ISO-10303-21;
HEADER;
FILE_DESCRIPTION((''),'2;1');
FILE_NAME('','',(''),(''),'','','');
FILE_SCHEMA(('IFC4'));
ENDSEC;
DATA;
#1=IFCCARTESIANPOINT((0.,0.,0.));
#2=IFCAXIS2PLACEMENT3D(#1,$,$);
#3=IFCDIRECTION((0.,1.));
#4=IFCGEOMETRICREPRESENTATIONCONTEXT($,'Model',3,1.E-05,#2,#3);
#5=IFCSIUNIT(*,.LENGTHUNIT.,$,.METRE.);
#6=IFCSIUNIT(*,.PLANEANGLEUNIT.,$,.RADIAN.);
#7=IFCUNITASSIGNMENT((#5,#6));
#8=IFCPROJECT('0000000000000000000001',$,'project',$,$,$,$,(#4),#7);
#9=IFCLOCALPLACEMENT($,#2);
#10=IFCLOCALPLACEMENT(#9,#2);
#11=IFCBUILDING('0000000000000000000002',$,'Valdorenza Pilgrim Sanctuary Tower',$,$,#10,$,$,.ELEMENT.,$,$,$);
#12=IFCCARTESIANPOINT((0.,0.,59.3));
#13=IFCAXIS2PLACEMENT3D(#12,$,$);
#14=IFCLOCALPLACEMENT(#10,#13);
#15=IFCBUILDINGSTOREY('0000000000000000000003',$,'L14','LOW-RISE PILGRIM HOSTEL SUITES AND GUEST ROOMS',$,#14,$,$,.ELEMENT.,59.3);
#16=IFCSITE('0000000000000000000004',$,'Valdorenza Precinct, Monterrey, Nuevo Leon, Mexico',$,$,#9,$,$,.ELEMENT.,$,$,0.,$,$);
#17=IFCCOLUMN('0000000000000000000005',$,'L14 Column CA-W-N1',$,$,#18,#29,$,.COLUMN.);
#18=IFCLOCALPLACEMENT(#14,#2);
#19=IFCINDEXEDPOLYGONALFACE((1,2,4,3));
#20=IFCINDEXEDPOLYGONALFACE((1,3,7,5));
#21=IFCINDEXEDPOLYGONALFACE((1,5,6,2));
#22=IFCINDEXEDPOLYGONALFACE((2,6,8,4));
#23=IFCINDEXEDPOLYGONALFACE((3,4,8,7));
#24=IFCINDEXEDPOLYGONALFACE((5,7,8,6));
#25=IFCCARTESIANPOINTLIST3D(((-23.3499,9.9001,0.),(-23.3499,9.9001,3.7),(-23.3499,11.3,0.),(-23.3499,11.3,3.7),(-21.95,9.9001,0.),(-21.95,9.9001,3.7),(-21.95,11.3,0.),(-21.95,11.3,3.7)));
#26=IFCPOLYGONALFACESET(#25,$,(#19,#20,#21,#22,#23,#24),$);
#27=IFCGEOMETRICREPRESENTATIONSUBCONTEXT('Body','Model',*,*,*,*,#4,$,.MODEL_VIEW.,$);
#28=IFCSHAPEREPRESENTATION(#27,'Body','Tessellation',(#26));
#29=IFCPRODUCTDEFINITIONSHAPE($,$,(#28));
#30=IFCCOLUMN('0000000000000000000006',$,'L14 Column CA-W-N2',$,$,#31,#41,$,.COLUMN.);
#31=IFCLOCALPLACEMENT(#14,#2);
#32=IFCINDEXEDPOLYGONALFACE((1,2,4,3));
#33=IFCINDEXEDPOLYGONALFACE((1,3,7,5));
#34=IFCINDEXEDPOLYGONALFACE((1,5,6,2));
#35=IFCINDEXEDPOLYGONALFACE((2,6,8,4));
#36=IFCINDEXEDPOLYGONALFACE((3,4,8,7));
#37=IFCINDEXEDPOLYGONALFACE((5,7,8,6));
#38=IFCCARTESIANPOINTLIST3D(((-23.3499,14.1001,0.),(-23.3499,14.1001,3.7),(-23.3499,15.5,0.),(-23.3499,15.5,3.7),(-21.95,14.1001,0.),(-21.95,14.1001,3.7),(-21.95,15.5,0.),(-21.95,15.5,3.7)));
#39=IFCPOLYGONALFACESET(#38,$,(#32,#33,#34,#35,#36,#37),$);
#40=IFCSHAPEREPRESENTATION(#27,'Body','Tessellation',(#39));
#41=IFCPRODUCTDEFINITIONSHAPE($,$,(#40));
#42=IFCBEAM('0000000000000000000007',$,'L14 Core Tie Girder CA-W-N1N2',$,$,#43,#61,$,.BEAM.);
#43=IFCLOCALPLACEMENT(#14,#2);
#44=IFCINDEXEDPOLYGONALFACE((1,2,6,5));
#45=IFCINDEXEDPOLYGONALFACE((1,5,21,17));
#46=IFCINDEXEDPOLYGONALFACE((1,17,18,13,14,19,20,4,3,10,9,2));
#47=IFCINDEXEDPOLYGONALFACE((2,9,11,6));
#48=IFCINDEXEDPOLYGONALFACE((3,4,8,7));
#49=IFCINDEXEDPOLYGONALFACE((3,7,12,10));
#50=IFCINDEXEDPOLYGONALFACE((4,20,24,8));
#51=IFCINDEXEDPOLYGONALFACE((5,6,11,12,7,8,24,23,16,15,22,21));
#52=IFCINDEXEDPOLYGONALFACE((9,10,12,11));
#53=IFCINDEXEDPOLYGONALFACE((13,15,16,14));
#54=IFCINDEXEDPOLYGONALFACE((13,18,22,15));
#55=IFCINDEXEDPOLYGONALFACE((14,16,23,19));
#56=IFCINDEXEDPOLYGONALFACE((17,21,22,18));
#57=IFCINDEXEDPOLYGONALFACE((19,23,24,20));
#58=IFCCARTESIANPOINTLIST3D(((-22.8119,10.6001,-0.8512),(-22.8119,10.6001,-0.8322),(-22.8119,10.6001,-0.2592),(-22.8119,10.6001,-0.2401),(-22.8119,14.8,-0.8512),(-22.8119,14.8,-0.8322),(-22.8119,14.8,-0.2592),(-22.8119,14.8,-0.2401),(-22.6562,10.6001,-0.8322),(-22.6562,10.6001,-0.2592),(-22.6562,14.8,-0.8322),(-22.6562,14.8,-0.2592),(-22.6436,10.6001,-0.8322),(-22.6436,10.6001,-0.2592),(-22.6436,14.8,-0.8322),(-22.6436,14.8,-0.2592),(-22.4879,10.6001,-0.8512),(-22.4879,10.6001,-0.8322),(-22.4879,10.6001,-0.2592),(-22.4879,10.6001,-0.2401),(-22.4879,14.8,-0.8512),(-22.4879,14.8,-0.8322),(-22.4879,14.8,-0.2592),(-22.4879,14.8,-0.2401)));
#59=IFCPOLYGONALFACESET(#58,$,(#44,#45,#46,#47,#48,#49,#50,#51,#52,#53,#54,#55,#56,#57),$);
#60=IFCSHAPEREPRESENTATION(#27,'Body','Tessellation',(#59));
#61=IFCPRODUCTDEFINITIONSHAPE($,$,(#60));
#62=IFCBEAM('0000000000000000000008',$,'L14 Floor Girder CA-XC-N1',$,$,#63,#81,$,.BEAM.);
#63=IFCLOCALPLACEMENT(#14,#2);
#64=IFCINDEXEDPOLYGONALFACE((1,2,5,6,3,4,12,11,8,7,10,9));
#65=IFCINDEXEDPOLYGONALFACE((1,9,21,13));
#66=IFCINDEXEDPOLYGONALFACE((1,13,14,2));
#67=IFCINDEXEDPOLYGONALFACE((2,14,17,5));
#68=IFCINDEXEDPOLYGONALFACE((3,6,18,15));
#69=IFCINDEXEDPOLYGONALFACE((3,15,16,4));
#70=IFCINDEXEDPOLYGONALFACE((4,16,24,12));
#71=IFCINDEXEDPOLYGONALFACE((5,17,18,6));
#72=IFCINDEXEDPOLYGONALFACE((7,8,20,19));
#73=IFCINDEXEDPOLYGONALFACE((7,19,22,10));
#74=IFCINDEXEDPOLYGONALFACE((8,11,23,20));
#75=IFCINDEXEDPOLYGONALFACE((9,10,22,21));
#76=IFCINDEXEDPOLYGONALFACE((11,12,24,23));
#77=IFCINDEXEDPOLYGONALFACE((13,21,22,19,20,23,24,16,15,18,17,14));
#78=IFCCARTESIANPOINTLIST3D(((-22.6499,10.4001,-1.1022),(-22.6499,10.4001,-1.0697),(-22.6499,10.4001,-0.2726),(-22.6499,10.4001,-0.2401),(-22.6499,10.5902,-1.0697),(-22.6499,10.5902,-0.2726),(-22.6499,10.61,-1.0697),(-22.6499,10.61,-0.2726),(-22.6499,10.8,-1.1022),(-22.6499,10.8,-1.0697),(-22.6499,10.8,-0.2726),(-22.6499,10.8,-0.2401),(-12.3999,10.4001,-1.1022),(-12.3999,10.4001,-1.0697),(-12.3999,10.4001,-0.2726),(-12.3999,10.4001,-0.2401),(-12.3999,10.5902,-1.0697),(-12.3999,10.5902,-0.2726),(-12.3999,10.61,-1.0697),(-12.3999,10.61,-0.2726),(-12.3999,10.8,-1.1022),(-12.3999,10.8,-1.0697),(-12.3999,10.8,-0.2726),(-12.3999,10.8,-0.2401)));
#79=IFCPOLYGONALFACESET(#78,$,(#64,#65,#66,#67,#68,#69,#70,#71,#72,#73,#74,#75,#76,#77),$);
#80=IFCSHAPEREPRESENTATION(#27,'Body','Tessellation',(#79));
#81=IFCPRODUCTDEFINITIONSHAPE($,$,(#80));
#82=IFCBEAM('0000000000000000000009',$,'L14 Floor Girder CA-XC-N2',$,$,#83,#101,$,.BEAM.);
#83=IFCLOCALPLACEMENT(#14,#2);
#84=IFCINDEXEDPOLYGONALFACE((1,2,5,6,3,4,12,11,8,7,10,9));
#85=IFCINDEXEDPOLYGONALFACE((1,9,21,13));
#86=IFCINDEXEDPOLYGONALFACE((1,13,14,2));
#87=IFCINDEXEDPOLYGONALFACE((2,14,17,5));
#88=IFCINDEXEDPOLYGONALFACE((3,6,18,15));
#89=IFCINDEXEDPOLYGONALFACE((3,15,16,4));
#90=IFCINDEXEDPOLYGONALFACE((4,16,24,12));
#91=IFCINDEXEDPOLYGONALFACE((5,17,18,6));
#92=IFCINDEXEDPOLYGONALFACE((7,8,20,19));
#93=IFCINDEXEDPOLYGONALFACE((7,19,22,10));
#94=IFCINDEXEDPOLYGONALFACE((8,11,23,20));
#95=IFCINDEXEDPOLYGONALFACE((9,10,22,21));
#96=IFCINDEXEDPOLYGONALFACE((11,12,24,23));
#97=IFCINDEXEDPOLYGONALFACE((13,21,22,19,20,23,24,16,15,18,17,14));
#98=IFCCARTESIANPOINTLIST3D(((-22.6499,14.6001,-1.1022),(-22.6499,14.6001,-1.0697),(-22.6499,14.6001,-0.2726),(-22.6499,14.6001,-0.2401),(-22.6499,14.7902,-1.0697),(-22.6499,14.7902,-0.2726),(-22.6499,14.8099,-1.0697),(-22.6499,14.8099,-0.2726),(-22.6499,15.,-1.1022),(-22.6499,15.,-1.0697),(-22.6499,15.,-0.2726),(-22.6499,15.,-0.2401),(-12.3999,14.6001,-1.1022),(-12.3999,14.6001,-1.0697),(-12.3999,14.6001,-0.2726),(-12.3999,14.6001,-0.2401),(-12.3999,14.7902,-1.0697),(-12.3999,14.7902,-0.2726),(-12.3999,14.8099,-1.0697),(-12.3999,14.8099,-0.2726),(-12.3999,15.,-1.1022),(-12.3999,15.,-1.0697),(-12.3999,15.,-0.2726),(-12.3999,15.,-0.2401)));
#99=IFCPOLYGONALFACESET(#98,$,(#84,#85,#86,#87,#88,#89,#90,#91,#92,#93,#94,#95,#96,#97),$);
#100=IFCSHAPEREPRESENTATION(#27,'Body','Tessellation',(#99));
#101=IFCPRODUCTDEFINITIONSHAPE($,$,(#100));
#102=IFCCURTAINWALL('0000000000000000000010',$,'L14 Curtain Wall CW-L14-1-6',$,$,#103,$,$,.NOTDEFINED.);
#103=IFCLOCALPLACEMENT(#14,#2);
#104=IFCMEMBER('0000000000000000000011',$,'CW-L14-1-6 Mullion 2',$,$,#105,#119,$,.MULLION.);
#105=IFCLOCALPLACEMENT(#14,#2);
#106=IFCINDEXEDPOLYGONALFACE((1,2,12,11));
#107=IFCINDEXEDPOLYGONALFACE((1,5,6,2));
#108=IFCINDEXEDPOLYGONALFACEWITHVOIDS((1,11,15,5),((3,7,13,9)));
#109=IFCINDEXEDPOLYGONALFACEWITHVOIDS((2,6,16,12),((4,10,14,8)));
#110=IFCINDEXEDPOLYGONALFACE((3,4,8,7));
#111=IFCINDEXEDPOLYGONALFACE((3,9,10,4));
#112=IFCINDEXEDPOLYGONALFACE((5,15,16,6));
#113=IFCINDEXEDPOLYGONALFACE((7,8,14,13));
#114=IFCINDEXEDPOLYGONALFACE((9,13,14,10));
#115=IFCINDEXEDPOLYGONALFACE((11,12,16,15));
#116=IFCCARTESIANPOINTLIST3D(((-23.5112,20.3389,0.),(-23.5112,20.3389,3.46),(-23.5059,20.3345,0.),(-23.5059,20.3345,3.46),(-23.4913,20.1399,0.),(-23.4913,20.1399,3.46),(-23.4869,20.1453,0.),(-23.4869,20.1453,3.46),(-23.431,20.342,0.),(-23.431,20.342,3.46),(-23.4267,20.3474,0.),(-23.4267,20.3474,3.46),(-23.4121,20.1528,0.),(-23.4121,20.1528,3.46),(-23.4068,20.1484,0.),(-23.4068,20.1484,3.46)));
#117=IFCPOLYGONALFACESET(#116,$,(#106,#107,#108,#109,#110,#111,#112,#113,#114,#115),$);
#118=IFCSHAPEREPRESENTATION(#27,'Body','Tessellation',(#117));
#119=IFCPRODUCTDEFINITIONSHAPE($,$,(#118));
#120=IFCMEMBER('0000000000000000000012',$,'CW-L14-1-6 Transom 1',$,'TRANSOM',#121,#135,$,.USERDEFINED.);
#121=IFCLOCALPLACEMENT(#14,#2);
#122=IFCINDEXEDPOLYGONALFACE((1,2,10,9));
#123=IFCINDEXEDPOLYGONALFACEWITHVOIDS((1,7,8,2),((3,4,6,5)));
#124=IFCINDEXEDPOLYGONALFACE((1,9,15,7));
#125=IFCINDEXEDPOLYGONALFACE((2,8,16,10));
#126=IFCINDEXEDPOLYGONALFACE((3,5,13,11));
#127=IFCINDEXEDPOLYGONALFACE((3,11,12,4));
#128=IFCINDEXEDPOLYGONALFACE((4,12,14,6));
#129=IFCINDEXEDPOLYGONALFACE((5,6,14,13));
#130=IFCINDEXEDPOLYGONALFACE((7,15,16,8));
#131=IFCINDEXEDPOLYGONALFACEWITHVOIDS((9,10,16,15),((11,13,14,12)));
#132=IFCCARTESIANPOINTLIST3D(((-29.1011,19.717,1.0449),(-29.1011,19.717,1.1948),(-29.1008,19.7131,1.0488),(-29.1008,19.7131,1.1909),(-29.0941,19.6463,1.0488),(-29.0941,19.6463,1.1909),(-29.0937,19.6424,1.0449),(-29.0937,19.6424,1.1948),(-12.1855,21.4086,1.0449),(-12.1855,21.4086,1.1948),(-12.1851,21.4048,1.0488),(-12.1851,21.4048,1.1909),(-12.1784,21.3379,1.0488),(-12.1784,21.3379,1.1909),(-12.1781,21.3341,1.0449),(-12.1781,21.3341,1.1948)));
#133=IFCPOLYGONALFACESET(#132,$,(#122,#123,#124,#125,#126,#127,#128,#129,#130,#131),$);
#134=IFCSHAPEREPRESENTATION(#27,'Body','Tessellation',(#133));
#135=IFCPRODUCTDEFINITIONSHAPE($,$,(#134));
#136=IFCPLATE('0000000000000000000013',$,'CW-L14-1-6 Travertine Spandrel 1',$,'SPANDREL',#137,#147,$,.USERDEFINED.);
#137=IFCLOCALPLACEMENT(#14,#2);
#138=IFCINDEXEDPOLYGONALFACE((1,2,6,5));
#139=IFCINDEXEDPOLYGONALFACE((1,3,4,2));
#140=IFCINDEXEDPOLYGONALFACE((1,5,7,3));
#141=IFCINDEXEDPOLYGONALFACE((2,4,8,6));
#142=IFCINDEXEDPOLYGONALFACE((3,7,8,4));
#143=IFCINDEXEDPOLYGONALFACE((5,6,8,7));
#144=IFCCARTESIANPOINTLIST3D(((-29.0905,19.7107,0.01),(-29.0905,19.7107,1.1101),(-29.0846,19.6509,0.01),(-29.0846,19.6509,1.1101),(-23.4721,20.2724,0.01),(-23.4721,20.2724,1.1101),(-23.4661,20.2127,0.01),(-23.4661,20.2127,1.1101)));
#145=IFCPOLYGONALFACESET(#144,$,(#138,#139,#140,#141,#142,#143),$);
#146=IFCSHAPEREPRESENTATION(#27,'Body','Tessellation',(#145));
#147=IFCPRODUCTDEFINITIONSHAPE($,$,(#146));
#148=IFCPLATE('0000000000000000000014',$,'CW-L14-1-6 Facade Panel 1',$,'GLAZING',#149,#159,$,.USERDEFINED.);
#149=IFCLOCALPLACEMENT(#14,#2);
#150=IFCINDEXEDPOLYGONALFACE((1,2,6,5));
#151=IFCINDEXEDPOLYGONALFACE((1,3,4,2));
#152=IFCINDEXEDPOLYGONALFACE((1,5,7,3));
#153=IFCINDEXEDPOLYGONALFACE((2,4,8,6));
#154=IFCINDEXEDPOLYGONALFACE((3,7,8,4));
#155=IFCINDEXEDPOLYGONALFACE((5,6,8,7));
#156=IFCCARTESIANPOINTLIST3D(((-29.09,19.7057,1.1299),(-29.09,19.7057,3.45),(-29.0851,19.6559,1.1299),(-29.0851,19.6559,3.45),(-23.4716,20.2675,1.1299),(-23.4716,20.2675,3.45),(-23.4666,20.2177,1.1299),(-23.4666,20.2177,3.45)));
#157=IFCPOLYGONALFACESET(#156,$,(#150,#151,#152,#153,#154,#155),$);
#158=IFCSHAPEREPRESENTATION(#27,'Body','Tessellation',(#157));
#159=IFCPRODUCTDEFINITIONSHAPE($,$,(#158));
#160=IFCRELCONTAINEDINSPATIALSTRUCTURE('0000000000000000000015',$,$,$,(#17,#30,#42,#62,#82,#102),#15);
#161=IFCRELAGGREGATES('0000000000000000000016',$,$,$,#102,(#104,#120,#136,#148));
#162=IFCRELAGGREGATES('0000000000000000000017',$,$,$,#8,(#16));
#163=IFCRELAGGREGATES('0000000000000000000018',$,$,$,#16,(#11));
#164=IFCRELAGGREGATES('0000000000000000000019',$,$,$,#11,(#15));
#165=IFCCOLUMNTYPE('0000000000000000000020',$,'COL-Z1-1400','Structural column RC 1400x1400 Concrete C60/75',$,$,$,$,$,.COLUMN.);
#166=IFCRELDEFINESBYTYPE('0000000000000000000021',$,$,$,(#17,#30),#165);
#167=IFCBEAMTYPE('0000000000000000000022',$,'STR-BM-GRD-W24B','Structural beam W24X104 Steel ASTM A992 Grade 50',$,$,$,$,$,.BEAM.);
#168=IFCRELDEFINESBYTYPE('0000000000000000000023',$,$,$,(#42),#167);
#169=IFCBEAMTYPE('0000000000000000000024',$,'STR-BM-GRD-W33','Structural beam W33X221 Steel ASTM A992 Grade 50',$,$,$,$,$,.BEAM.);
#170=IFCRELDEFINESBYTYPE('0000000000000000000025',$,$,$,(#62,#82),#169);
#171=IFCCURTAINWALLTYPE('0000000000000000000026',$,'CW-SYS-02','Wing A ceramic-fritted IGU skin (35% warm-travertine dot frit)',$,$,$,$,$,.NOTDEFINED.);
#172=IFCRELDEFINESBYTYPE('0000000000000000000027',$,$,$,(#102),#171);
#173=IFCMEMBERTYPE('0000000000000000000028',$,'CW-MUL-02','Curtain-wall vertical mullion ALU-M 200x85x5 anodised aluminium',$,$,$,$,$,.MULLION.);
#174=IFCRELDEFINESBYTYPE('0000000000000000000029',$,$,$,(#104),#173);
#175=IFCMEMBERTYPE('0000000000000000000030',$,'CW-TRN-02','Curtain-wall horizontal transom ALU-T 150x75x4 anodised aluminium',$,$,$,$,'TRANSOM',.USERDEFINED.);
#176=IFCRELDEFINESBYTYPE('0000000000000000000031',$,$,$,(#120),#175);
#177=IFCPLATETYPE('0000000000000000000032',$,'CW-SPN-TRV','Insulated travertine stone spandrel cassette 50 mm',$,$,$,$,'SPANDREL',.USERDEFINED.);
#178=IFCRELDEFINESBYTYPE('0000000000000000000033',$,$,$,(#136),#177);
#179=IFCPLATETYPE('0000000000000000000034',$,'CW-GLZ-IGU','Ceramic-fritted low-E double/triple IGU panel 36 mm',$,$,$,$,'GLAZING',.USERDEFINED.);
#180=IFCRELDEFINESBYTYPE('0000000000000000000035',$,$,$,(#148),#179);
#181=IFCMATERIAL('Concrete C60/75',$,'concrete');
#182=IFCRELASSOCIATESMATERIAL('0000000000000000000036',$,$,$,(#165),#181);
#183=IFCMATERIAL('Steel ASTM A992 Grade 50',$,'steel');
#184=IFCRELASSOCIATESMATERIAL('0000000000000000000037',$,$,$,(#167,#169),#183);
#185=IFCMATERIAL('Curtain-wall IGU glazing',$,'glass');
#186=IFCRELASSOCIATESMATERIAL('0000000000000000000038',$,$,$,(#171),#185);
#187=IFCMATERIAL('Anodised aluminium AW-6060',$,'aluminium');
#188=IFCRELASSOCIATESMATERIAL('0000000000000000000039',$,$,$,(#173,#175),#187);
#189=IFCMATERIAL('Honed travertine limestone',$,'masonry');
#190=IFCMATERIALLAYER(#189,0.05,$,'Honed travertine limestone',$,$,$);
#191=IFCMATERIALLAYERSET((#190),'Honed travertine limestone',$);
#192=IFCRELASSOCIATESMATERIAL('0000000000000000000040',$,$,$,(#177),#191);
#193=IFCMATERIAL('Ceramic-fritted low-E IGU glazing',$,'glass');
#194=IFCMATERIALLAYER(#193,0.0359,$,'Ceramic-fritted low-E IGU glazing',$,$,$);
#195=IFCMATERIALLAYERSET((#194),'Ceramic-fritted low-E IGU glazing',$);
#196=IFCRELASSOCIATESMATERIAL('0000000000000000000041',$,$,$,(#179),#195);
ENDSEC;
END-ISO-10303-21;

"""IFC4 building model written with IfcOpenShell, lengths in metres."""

from ifc_helpers import new_model, si_unit, direction, frame, origin, origin_2d, place, context, subcontext, project, spatial, rectangle, hollow_rectangle, i_section, extrude, source, transform, mapped, material, layer, layer_set, material_profile, profile_set, type_object, element, aggregate, save


model = new_model("IFC4")

# Units and contexts
model_context = context("Model", 3, precision=1e-05, world=origin(), true_north=direction((0.0, 1.0)))
body_context = subcontext(model_context, "Body", "Model", "MODEL_VIEW")
ifc_project = project(units=[si_unit("LENGTHUNIT", "METRE"), si_unit("PLANEANGLEUNIT", "RADIAN")], contexts=[model_context])

# Site, building, storey
site_placement = place(None, origin())
site = spatial("IfcSite", under=ifc_project, at=site_placement, Name="Valdorenza Precinct, Monterrey, Nuevo Leon, Mexico", CompositionType="ELEMENT", RefElevation=0.0)
building_placement = place(site_placement, origin())
building = spatial("IfcBuilding", under=site, at=building_placement, Name="Valdorenza Pilgrim Sanctuary Tower", CompositionType="ELEMENT")
storey_placement = place(building_placement, frame((0.0, 0.0, 59.3)))
storey = spatial("IfcBuildingStorey", under=building, at=storey_placement, Name="L14", Description="LOW-RISE PILGRIM HOSTEL SUITES AND GUEST ROOMS", CompositionType="ELEMENT", Elevation=59.3)

# Columns
ifc_material_1 = material(Name="Concrete C60/75", Category="concrete")
ifc_material_profile_1 = material_profile(ifc_material_1, rectangle(XDim=1.3999, YDim=1.3999, at=origin_2d()), Name="RC 1400x1400")
ifc_profile_set_1 = profile_set([ifc_material_profile_1], Name="Concrete C60/75")
column_type = type_object("IfcColumnType", Name="COL-Z1-1400", Description="Structural column RC 1400x1400 Concrete C60/75", PredefinedType="COLUMN", material=ifc_profile_set_1)
shared_shape_1 = source(origin(), body_context, "Body", "SweptSolid", [
    extrude(rectangle(XDim=1.3999, YDim=1.3999, at=origin_2d()), origin(), (0.0, 0.0, 1.0), 3.7),
])
for number, where, z_axis, x_axis, name in (
    (1, (-22.6499, 10.6001, 0.0), (0.0, 0.0, 1.0), (1.0, 0.0, 0.0), "L14 Column CA-W-N1"),
    (2, (-22.6499, 14.8, 0.0), (0.0, 0.0, 1.0), (1.0, 0.0, 0.0), "L14 Column CA-W-N2"),
):
    element("IfcColumn", number, at=place(storey_placement, frame(where, z_axis=z_axis, x_axis=x_axis)), inside=storey, type_object=column_type, Name=name, PredefinedType="COLUMN", context=body_context, shape_type="MappedRepresentation", body=[
        mapped(shared_shape_1, transform((0.0, 0.0, 0.0), x_axis=(1.0, 0.0, 0.0), y_axis=(0.0, 1.0, 0.0), z_axis=(0.0, 0.0, 1.0), scale=1.0)),
    ])

# Beams
ifc_material_2 = material(Name="Steel ASTM A992 Grade 50", Category="steel")
ifc_material_profile_2 = material_profile(ifc_material_2, i_section(OverallWidth=0.324, OverallDepth=0.6111, WebThickness=0.0127, FlangeThickness=0.019, at=origin_2d()), Name="W24X104")
ifc_profile_set_2 = profile_set([ifc_material_profile_2], Name="Steel ASTM A992 Grade 50")
beam_type_1 = type_object("IfcBeamType", Name="STR-BM-GRD-W24B", Description="Structural beam W24X104 Steel ASTM A992 Grade 50", PredefinedType="BEAM", material=ifc_profile_set_2)
shared_shape_2 = source(origin(), body_context, "Body", "SweptSolid", [
    extrude(i_section(OverallWidth=0.324, OverallDepth=0.6111, WebThickness=0.0127, FlangeThickness=0.019, at=origin_2d()), origin(), (0.0, 0.0, 1.0), 4.2),
])
beam_placement = place(storey_placement, frame((-22.6499, 10.6001, -0.5457), z_axis=(0.0, 1.0, 0.0), x_axis=(-1.0, 0.0, 0.0)))
element("IfcBeam", 3, at=beam_placement, inside=storey, type_object=beam_type_1, Name="L14 Core Tie Girder CA-W-N1N2", PredefinedType="BEAM", context=body_context, shape_type="MappedRepresentation", body=[
    mapped(shared_shape_2, transform((0.0, 0.0, 0.0), x_axis=(1.0, 0.0, 0.0), y_axis=(0.0, 1.0, 0.0), z_axis=(0.0, 0.0, 1.0), scale=1.0)),
])
ifc_material_profile_3 = material_profile(ifc_material_2, i_section(OverallWidth=0.3999, OverallDepth=0.8621, WebThickness=0.0198, FlangeThickness=0.0325, at=origin_2d()), Name="W33X221")
ifc_profile_set_3 = profile_set([ifc_material_profile_3], Name="Steel ASTM A992 Grade 50")
beam_type_2 = type_object("IfcBeamType", Name="STR-BM-GRD-W33", Description="Structural beam W33X221 Steel ASTM A992 Grade 50", PredefinedType="BEAM", material=ifc_profile_set_3)
shared_shape_3 = source(origin(), body_context, "Body", "SweptSolid", [
    extrude(i_section(OverallWidth=0.3999, OverallDepth=0.8621, WebThickness=0.0198, FlangeThickness=0.0325, at=origin_2d()), origin(), (0.0, 0.0, 1.0), 10.25),
])
for number, where, z_axis, x_axis, name in (
    (4, (-22.6499, 10.6001, -0.6711), (1.0, 0.0, 0.0), (0.0, 1.0, 0.0), "L14 Floor Girder CA-XC-N1"),
    (5, (-22.6499, 14.8, -0.6711), (1.0, 0.0, 0.0), (0.0, 1.0, 0.0), "L14 Floor Girder CA-XC-N2"),
):
    element("IfcBeam", number, at=place(storey_placement, frame(where, z_axis=z_axis, x_axis=x_axis)), inside=storey, type_object=beam_type_2, Name=name, PredefinedType="BEAM", context=body_context, shape_type="MappedRepresentation", body=[
        mapped(shared_shape_3, transform((0.0, 0.0, 0.0), x_axis=(1.0, 0.0, 0.0), y_axis=(0.0, 1.0, 0.0), z_axis=(0.0, 0.0, 1.0), scale=1.0)),
    ])

# Curtain wall, members, plates
ifc_material_3 = material(Name="Curtain-wall IGU glazing", Category="glass")
curtain_wall_type = type_object("IfcCurtainWallType", Name="CW-SYS-02", Description="Wing A ceramic-fritted IGU skin (35% warm-travertine dot frit)", PredefinedType="NOTDEFINED", material=ifc_material_3)
curtain_wall_placement = place(storey_placement, origin())
curtain_wall = element("IfcCurtainWall", 6, at=curtain_wall_placement, inside=storey, type_object=curtain_wall_type, Name="L14 Curtain Wall CW-L14-1-6", PredefinedType="NOTDEFINED")
ifc_material_4 = material(Name="Anodised aluminium AW-6060", Category="aluminium")
ifc_material_profile_4 = material_profile(ifc_material_4, hollow_rectangle(XDim=0.085, YDim=0.2, WallThickness=0.0049, at=origin_2d()), Name="ALU-M 200x85x5")
ifc_profile_set_4 = profile_set([ifc_material_profile_4], Name="Anodised aluminium AW-6060")
member_type_1 = type_object("IfcMemberType", Name="CW-MUL-02", Description="Curtain-wall vertical mullion ALU-M 200x85x5 anodised aluminium", PredefinedType="MULLION", material=ifc_profile_set_4)
shared_shape_4 = source(origin(), body_context, "Body", "SweptSolid", [
    extrude(hollow_rectangle(XDim=0.085, YDim=0.2, WallThickness=0.0049, at=origin_2d()), origin(), (0.0, 0.0, 1.0), 3.46),
])
member_1_placement = place(storey_placement, frame((-23.459, 20.2437, 0.0), z_axis=(0.0, 0.0, 1.0), x_axis=(0.995038, 0.099493, 0.0)))
member_1 = element("IfcMember", 7, at=member_1_placement, type_object=member_type_1, Name="CW-L14-1-6 Mullion 2", PredefinedType="MULLION", context=body_context, shape_type="MappedRepresentation", body=[
    mapped(shared_shape_4, transform((0.0, 0.0, 0.0), x_axis=(1.0, 0.0, 0.0), y_axis=(0.0, 1.0, 0.0), z_axis=(0.0, 0.0, 1.0), scale=1.0)),
])
ifc_material_profile_5 = material_profile(ifc_material_4, hollow_rectangle(XDim=0.075, YDim=0.1499, WallThickness=0.0039, at=origin_2d()), Name="ALU-T 150x75x4")
ifc_profile_set_5 = profile_set([ifc_material_profile_5], Name="Anodised aluminium AW-6060")
member_type_2 = type_object("IfcMemberType", Name="CW-TRN-02", Description="Curtain-wall horizontal transom ALU-T 150x75x4 anodised aluminium", ElementType="TRANSOM", PredefinedType="USERDEFINED", material=ifc_profile_set_5)
shared_shape_5 = source(origin(), body_context, "Body", "SweptSolid", [
    extrude(hollow_rectangle(XDim=0.075, YDim=0.1499, WallThickness=0.0039, at=origin_2d()), origin(), (0.0, 0.0, 1.0), 17.0),
])
member_2_placement = place(storey_placement, frame((-29.0974, 19.6797, 1.1199), z_axis=(0.995037, 0.099509, 0.0), x_axis=(-0.099509, 0.995037, 0.0)))
member_2 = element("IfcMember", 8, at=member_2_placement, type_object=member_type_2, Name="CW-L14-1-6 Transom 1", ObjectType="TRANSOM", PredefinedType="USERDEFINED", context=body_context, shape_type="MappedRepresentation", body=[
    mapped(shared_shape_5, transform((0.0, 0.0, 0.0), x_axis=(1.0, 0.0, 0.0), y_axis=(0.0, 1.0, 0.0), z_axis=(0.0, 0.0, 1.0), scale=1.0)),
])
ifc_material_5 = material(Name="Honed travertine limestone", Category="masonry")
ifc_layer_1 = layer(ifc_material_5, 0.05, Name="Honed travertine limestone")
ifc_layer_set_1 = layer_set([ifc_layer_1], Name="Honed travertine limestone")
plate_type_1 = type_object("IfcPlateType", Name="CW-SPN-TRV", Description="Insulated travertine stone spandrel cassette 50 mm", ElementType="SPANDREL", PredefinedType="USERDEFINED", material=ifc_layer_set_1)
shared_shape_6 = source(origin(), body_context, "Body", "SweptSolid", [
    extrude(rectangle(XDim=5.6465, YDim=0.0601, at=origin_2d()), origin(), (0.0, 0.0, 1.0), 1.1001),
])
plate_1_placement = place(storey_placement, frame((-26.2783, 19.9617, 0.01), z_axis=(0.0, 0.0, 1.0), x_axis=(0.995038, 0.099493, 0.0)))
plate_1 = element("IfcPlate", 9, at=plate_1_placement, type_object=plate_type_1, Name="CW-L14-1-6 Travertine Spandrel 1", ObjectType="SPANDREL", PredefinedType="USERDEFINED", context=body_context, shape_type="MappedRepresentation", body=[
    mapped(shared_shape_6, transform((0.0, 0.0, 0.0), x_axis=(1.0, 0.0, 0.0), y_axis=(0.0, 1.0, 0.0), z_axis=(0.0, 0.0, 1.0), scale=1.0)),
])
ifc_material_6 = material(Name="Ceramic-fritted low-E IGU glazing", Category="glass")
ifc_layer_2 = layer(ifc_material_6, 0.0359, Name="Ceramic-fritted low-E IGU glazing")
ifc_layer_set_2 = layer_set([ifc_layer_2], Name="Ceramic-fritted low-E IGU glazing")
plate_type_2 = type_object("IfcPlateType", Name="CW-GLZ-IGU", Description="Ceramic-fritted low-E double/triple IGU panel 36 mm", ElementType="GLAZING", PredefinedType="USERDEFINED", material=ifc_layer_set_2)
shared_shape_7 = source(origin(), body_context, "Body", "SweptSolid", [
    extrude(rectangle(XDim=5.6465, YDim=0.05, at=origin_2d()), origin(), (0.0, 0.0, 1.0), 2.3201),
])
plate_2_placement = place(storey_placement, frame((-26.2783, 19.9617, 1.1299), z_axis=(0.0, 0.0, 1.0), x_axis=(0.995038, 0.099493, 0.0)))
plate_2 = element("IfcPlate", 10, at=plate_2_placement, type_object=plate_type_2, Name="CW-L14-1-6 Facade Panel 1", ObjectType="GLAZING", PredefinedType="USERDEFINED", context=body_context, shape_type="MappedRepresentation", body=[
    mapped(shared_shape_7, transform((0.0, 0.0, 0.0), x_axis=(1.0, 0.0, 0.0), y_axis=(0.0, 1.0, 0.0), z_axis=(0.0, 0.0, 1.0), scale=1.0)),
])
aggregate(curtain_wall, [member_1, member_2, plate_1, plate_2])

save(model, "model.ifc")
